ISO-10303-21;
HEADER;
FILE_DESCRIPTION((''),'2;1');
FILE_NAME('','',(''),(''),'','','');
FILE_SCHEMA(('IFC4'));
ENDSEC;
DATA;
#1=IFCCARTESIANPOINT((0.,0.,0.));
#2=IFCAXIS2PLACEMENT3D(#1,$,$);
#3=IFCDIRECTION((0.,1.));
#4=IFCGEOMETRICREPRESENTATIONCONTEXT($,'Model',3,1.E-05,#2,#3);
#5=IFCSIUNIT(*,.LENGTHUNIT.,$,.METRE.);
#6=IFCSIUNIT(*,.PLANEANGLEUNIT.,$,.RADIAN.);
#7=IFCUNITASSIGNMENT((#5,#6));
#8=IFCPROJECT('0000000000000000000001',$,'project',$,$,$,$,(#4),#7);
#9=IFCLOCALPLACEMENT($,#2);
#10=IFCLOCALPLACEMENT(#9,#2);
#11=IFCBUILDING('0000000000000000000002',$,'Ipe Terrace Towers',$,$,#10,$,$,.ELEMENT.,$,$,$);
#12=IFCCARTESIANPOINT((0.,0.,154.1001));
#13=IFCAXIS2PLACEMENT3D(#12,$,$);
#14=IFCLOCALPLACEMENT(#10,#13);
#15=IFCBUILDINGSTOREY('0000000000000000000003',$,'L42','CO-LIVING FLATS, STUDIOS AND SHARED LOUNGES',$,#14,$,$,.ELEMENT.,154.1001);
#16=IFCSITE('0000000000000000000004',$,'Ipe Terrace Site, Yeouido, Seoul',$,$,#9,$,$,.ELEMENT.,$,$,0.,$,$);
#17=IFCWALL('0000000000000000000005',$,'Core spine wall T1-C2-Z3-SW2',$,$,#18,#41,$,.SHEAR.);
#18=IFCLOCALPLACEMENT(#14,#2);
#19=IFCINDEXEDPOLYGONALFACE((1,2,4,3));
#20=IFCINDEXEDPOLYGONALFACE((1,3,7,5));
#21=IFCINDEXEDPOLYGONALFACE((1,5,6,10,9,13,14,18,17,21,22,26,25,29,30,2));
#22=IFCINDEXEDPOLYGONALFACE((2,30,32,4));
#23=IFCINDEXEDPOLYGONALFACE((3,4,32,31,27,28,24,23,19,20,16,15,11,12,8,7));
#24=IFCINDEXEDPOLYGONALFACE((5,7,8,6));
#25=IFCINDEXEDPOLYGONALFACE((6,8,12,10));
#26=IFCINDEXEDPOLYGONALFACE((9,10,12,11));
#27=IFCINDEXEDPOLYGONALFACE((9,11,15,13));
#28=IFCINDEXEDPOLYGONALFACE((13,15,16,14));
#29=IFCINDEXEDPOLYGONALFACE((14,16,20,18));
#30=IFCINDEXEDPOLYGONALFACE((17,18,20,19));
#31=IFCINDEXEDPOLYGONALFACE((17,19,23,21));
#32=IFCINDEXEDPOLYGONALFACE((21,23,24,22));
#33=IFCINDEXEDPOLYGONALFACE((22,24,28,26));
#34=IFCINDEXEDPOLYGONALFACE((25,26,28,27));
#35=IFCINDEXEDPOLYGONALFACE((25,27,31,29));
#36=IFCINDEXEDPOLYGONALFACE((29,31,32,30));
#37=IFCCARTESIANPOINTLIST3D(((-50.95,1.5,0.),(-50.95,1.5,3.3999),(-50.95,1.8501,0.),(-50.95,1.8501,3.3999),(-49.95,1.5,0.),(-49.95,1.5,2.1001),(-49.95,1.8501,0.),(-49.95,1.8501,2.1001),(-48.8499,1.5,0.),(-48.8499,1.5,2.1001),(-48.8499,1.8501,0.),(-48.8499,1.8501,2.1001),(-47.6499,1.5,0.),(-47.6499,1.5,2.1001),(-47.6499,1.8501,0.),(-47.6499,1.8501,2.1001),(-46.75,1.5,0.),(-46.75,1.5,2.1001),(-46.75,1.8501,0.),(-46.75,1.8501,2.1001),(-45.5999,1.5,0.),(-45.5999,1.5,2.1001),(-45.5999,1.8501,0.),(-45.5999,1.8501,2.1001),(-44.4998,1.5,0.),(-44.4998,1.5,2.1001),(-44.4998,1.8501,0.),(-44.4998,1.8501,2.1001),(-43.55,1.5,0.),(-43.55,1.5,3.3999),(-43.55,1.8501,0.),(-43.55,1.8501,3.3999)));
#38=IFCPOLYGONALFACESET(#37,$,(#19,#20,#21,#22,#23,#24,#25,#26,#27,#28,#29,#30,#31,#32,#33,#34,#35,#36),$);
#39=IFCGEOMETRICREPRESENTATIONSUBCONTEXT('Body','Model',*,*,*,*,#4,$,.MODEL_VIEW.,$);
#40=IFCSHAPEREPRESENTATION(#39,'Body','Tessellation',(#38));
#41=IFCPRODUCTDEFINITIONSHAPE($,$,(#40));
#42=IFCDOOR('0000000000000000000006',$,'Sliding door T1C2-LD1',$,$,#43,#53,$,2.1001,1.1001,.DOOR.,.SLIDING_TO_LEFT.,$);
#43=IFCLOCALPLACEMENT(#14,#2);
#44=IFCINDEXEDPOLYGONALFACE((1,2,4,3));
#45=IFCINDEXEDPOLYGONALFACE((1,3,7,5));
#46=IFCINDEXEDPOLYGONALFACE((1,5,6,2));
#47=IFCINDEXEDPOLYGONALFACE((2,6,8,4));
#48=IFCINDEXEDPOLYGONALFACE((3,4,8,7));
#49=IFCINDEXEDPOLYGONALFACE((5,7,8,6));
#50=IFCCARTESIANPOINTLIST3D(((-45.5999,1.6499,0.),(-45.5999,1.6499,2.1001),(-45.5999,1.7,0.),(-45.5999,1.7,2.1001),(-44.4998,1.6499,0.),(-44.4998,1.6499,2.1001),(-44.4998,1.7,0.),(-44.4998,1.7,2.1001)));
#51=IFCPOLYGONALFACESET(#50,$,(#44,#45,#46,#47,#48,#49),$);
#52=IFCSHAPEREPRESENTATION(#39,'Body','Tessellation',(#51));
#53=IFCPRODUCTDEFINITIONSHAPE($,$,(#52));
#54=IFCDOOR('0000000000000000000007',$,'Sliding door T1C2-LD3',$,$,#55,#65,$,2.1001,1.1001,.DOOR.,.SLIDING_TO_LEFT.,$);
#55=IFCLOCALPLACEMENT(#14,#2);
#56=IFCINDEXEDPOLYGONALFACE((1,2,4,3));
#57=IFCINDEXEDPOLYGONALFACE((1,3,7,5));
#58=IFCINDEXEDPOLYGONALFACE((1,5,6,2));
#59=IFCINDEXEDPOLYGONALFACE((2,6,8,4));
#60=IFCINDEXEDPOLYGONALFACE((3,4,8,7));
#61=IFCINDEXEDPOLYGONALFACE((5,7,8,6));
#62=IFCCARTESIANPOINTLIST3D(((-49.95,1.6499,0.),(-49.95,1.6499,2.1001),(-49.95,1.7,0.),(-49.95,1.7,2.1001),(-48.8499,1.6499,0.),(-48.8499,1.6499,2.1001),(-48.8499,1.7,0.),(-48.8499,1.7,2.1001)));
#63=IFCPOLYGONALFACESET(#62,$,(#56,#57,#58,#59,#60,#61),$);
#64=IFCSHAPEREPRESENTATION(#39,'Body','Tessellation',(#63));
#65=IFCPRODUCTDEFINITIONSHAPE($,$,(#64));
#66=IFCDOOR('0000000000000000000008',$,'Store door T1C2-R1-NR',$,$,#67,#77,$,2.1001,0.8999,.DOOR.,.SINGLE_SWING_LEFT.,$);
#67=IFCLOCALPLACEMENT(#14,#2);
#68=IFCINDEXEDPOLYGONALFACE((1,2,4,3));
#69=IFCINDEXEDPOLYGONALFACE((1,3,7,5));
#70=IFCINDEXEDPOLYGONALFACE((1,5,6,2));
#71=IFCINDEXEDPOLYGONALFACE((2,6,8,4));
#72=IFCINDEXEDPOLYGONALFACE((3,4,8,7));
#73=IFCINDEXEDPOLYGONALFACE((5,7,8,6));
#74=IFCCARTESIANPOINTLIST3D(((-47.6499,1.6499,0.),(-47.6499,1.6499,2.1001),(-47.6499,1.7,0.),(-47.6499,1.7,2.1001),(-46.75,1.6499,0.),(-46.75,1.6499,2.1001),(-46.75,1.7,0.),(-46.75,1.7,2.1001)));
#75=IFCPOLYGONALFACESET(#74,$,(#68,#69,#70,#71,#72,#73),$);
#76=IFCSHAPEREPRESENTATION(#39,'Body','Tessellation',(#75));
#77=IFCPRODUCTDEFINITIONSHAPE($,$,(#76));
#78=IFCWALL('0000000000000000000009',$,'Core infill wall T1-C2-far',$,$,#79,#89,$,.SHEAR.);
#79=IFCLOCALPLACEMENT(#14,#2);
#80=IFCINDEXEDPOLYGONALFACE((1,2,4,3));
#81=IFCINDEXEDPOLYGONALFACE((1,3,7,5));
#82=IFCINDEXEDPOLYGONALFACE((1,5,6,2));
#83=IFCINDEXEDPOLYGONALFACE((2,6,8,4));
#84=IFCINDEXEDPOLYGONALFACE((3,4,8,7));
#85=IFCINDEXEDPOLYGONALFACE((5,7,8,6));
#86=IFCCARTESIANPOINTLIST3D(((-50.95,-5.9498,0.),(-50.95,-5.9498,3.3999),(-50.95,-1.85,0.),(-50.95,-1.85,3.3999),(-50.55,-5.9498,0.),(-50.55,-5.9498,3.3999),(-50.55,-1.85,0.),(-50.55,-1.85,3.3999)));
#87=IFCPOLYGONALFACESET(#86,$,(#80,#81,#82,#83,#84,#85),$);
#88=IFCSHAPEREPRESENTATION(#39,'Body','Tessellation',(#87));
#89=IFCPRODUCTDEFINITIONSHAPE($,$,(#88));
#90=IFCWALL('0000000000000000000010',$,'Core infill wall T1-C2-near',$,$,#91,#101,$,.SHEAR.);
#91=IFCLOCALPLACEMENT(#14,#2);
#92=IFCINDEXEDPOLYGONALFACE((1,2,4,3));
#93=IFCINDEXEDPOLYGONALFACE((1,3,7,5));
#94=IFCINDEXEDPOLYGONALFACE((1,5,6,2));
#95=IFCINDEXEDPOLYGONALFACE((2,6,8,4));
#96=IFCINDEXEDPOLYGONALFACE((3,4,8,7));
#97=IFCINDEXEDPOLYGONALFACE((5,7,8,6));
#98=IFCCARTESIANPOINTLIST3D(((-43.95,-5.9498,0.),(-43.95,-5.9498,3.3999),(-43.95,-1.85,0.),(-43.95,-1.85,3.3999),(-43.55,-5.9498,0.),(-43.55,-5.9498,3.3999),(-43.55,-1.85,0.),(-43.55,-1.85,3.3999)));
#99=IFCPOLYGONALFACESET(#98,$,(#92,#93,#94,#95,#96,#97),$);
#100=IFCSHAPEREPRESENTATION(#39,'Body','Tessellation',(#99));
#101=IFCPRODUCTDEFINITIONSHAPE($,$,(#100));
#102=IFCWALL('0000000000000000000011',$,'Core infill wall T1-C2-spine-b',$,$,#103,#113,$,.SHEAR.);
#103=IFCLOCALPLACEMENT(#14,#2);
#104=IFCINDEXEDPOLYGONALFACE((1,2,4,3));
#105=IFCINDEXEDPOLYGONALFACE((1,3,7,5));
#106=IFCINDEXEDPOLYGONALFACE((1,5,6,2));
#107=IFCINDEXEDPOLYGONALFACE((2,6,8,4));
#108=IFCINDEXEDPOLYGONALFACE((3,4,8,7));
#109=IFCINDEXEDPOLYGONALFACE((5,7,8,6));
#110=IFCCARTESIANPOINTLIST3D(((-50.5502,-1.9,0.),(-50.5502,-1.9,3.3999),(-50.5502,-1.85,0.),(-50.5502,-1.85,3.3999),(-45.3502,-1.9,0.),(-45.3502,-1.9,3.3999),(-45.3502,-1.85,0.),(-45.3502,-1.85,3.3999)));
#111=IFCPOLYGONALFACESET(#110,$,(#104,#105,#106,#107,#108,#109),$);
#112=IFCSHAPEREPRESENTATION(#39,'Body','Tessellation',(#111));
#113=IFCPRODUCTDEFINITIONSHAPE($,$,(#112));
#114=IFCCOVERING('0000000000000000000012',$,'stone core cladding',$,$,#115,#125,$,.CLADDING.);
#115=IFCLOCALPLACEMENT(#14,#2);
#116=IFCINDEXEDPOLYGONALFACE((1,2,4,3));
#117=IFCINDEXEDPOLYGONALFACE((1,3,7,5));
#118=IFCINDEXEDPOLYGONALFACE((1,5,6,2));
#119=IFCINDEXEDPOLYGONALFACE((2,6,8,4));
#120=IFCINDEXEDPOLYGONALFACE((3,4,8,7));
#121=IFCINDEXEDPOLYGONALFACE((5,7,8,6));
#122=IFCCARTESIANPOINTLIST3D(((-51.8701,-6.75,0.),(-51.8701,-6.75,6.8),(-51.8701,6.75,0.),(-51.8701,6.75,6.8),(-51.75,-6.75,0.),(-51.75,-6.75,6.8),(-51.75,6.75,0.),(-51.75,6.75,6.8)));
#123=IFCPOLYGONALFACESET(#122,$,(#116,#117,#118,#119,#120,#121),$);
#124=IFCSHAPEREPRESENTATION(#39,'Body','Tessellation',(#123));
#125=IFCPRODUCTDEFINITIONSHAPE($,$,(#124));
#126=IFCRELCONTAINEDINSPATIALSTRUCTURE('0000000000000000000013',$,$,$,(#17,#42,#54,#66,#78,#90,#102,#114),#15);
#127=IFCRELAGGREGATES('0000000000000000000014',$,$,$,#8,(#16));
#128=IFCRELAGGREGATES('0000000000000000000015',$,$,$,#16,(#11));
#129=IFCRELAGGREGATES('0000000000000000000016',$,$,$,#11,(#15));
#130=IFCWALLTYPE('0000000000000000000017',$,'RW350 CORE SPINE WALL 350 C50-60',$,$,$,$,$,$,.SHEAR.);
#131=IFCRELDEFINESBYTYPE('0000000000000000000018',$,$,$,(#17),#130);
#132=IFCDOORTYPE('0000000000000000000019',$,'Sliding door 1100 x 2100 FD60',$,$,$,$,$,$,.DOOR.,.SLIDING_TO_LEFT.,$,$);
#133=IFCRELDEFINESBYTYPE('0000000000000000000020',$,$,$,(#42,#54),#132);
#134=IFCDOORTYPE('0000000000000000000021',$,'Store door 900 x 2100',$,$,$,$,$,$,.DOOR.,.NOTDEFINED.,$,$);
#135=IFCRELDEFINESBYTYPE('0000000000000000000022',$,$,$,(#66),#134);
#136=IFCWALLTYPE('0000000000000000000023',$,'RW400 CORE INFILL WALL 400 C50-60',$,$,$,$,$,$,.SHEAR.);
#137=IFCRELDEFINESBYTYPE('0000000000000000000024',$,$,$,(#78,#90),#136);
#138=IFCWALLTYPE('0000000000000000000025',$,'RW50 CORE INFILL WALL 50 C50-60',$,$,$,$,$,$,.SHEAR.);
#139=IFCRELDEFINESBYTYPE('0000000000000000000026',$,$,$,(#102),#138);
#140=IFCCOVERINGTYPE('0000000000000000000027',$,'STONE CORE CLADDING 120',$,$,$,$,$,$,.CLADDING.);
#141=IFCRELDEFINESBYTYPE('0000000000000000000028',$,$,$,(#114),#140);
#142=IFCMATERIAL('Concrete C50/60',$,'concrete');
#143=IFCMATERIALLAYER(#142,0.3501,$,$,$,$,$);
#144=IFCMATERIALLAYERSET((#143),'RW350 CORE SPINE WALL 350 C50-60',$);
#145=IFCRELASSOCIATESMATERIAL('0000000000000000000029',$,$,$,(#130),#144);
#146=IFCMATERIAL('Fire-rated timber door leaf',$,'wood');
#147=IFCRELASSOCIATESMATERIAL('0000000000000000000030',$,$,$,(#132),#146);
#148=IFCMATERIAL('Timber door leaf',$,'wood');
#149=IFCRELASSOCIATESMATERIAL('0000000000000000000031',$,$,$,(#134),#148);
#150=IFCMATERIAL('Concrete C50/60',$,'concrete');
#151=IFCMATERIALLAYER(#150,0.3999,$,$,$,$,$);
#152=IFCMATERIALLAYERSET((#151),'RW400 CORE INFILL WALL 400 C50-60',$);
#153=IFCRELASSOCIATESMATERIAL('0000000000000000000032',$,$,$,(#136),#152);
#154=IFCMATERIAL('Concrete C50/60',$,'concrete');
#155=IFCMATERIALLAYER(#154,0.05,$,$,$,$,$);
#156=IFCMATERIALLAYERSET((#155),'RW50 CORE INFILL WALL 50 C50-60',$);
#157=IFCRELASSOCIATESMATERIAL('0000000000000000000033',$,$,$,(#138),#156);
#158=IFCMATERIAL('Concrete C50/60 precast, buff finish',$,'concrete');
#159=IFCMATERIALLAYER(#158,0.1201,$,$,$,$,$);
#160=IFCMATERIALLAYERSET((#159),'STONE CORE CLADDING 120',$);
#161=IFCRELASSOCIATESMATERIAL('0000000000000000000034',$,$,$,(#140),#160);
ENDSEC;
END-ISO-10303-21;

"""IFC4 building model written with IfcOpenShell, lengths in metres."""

from ifc_helpers import new_model, si_unit, direction, frame, frame_2d, origin, origin_2d, place, context, subcontext, project, spatial, rectangle, extrude, material, layer, layer_set, type_object, element, fill, save


model = new_model("IFC4")

# Units and contexts
model_context = context("Model", 3, precision=1e-05, world=origin(), true_north=direction((0.0, 1.0)))
body_context = subcontext(model_context, "Body", "Model", "MODEL_VIEW")
ifc_project = project(units=[si_unit("LENGTHUNIT", "METRE"), si_unit("PLANEANGLEUNIT", "RADIAN")], contexts=[model_context])

# Site, building, storey
site_placement = place(None, origin())
site = spatial("IfcSite", under=ifc_project, at=site_placement, Name="Ipe Terrace Site, Yeouido, Seoul", CompositionType="ELEMENT", RefElevation=0.0)
building_placement = place(site_placement, origin())
building = spatial("IfcBuilding", under=site, at=building_placement, Name="Ipe Terrace Towers", CompositionType="ELEMENT")
storey_placement = place(building_placement, frame((0.0, 0.0, 154.1001)))
storey = spatial("IfcBuildingStorey", under=building, at=storey_placement, Name="L42", Description="CO-LIVING FLATS, STUDIOS AND SHARED LOUNGES", CompositionType="ELEMENT", Elevation=154.1001)

# Shared definitions
ifc_material_1 = material(Name="Concrete C50/60", Category="concrete")
ifc_layer_1 = layer(ifc_material_1, 0.3501)
ifc_layer_set_1 = layer_set([ifc_layer_1], Name="RW350 CORE SPINE WALL 350 C50-60")
wall_type_1 = type_object("IfcWallType", Name="RW350 CORE SPINE WALL 350 C50-60", PredefinedType="SHEAR", material=ifc_layer_set_1)

# Wall, openings, doors
wall_1_placement = place(storey_placement, frame((-50.95, 1.675, 0.0), z_axis=(0.0, 0.0, 1.0), x_axis=(1.0, 0.0, 0.0)))
wall_1 = element("IfcWall", 1, at=wall_1_placement, inside=storey, type_object=wall_type_1, Name="Core spine wall T1-C2-Z3-SW2", PredefinedType="SHEAR", context=body_context, shape_type="SweptSolid", body=[
    extrude(rectangle(XDim=7.3999, YDim=0.3501, at=frame_2d((3.7, 0.0))), origin(), (0.0, 0.0, 1.0), 3.3999),
])
opening_1_placement = place(wall_1_placement, frame((5.3501, 0.0, 0.0)))
opening_1 = element("IfcOpeningElement", 2, at=opening_1_placement, cuts=wall_1, PredefinedType="OPENING", context=body_context, shape_type="SweptSolid", body=[
    extrude(rectangle(XDim=1.1001, YDim=2.1001, at=frame_2d((0.55, 1.05))), frame((0.0, 0.1851, 0.0), z_axis=(0.0, -1.0, 0.0), x_axis=(1.0, 0.0, 0.0)), (0.0, 0.0, 1.0), 0.3701),
])
opening_2_placement = place(wall_1_placement, frame((1.0, 0.0, 0.0)))
opening_2 = element("IfcOpeningElement", 3, at=opening_2_placement, cuts=wall_1, PredefinedType="OPENING", context=body_context, shape_type="SweptSolid", body=[
    extrude(rectangle(XDim=1.1001, YDim=2.1001, at=frame_2d((0.55, 1.05))), frame((0.0, 0.1851, 0.0), z_axis=(0.0, -1.0, 0.0), x_axis=(1.0, 0.0, 0.0)), (0.0, 0.0, 1.0), 0.3701),
])
opening_3_placement = place(wall_1_placement, frame((3.3, 0.0, 0.0)))
opening_3 = element("IfcOpeningElement", 4, at=opening_3_placement, cuts=wall_1, PredefinedType="OPENING", context=body_context, shape_type="SweptSolid", body=[
    extrude(rectangle(XDim=0.8999, YDim=2.1001, at=frame_2d((0.45, 1.05))), frame((0.0, 0.1851, 0.0), z_axis=(0.0, -1.0, 0.0), x_axis=(1.0, 0.0, 0.0)), (0.0, 0.0, 1.0), 0.3701),
])
ifc_material_2 = material(Name="Fire-rated timber door leaf", Category="wood")
door_type_1 = type_object("IfcDoorType", Name="Sliding door 1100 x 2100 FD60", OperationType="SLIDING_TO_LEFT", PredefinedType="DOOR", material=ifc_material_2)
door_1_placement = place(opening_1_placement, origin())
door_1 = element("IfcDoor", 5, at=door_1_placement, inside=storey, type_object=door_type_1, Name="Sliding door T1C2-LD1", OperationType="SLIDING_TO_LEFT", OverallHeight=2.1001, OverallWidth=1.1001, PredefinedType="DOOR", context=body_context, shape_type="SweptSolid", body=[
    extrude(rectangle(XDim=1.1001, YDim=2.1001, at=frame_2d((0.55, 1.05))), frame((0.0, 0.0249, 0.0), z_axis=(0.0, -1.0, 0.0), x_axis=(1.0, 0.0, 0.0)), (0.0, 0.0, 1.0), 0.05),
])
fill(opening_1, door_1)
door_2_placement = place(opening_2_placement, origin())
door_2 = element("IfcDoor", 6, at=door_2_placement, inside=storey, type_object=door_type_1, Name="Sliding door T1C2-LD3", OperationType="SLIDING_TO_LEFT", OverallHeight=2.1001, OverallWidth=1.1001, PredefinedType="DOOR", context=body_context, shape_type="SweptSolid", body=[
    extrude(rectangle(XDim=1.1001, YDim=2.1001, at=frame_2d((0.55, 1.05))), frame((0.0, 0.0249, 0.0), z_axis=(0.0, -1.0, 0.0), x_axis=(1.0, 0.0, 0.0)), (0.0, 0.0, 1.0), 0.05),
])
fill(opening_2, door_2)
ifc_material_3 = material(Name="Timber door leaf", Category="wood")
door_type_2 = type_object("IfcDoorType", Name="Store door 900 x 2100", OperationType="NOTDEFINED", PredefinedType="DOOR", material=ifc_material_3)
door_3_placement = place(opening_3_placement, origin())
door_3 = element("IfcDoor", 7, at=door_3_placement, inside=storey, type_object=door_type_2, Name="Store door T1C2-R1-NR", OperationType="SINGLE_SWING_LEFT", OverallHeight=2.1001, OverallWidth=0.8999, PredefinedType="DOOR", context=body_context, shape_type="SweptSolid", body=[
    extrude(rectangle(XDim=0.8999, YDim=2.1001, at=frame_2d((0.45, 1.05))), frame((0.0, 0.0249, 0.0), z_axis=(0.0, -1.0, 0.0), x_axis=(1.0, 0.0, 0.0)), (0.0, 0.0, 1.0), 0.05),
])
fill(opening_3, door_3)

# Walls
ifc_material_4 = material(Name="Concrete C50/60", Category="concrete")
ifc_layer_2 = layer(ifc_material_4, 0.3999)
ifc_layer_set_2 = layer_set([ifc_layer_2], Name="RW400 CORE INFILL WALL 400 C50-60")
wall_type_2 = type_object("IfcWallType", Name="RW400 CORE INFILL WALL 400 C50-60", PredefinedType="SHEAR", material=ifc_layer_set_2)
for number, where, z_axis, x_axis, name in (
    (8, (-50.75, -1.8501, 0.0), (0.0, 0.0, 1.0), (0.0, -1.0, 0.0), "Core infill wall T1-C2-far"),
    (9, (-43.75, -1.8501, 0.0), (0.0, 0.0, 1.0), (0.0, -1.0, 0.0), "Core infill wall T1-C2-near"),
):
    element("IfcWall", number, at=place(storey_placement, frame(where, z_axis=z_axis, x_axis=x_axis)), inside=storey, type_object=wall_type_2, Name=name, PredefinedType="SHEAR", context=body_context, shape_type="SweptSolid", body=[
        extrude(rectangle(XDim=4.0999, YDim=0.3999, at=frame_2d((2.0498, 0.0))), origin(), (0.0, 0.0, 1.0), 3.3999),
    ])
ifc_material_5 = material(Name="Concrete C50/60", Category="concrete")
ifc_layer_3 = layer(ifc_material_5, 0.05)
ifc_layer_set_3 = layer_set([ifc_layer_3], Name="RW50 CORE INFILL WALL 50 C50-60")
wall_type_3 = type_object("IfcWallType", Name="RW50 CORE INFILL WALL 50 C50-60", PredefinedType="SHEAR", material=ifc_layer_set_3)
wall_2_placement = place(storey_placement, frame((-45.3501, -1.875, 0.0), z_axis=(0.0, 0.0, 1.0), x_axis=(-1.0, 0.0, 0.0)))
element("IfcWall", 10, at=wall_2_placement, inside=storey, type_object=wall_type_3, Name="Core infill wall T1-C2-spine-b", PredefinedType="SHEAR", context=body_context, shape_type="SweptSolid", body=[
    extrude(rectangle(XDim=5.2, YDim=0.05, at=frame_2d((2.6001, 0.0))), origin(), (0.0, 0.0, 1.0), 3.3999),
])

# Covering
ifc_material_6 = material(Name="Concrete C50/60 precast, buff finish", Category="concrete")
ifc_layer_4 = layer(ifc_material_6, 0.1201)
ifc_layer_set_4 = layer_set([ifc_layer_4], Name="STONE CORE CLADDING 120")
covering_type = type_object("IfcCoveringType", Name="STONE CORE CLADDING 120", PredefinedType="CLADDING", material=ifc_layer_set_4)
covering_placement = place(storey_placement, frame((-51.8101, 0.0, 0.0), z_axis=(0.0, 0.0, 1.0), x_axis=(0.0, -1.0, 0.0)))
element("IfcCovering", 11, at=covering_placement, inside=storey, type_object=covering_type, Name="stone core cladding", PredefinedType="CLADDING", context=body_context, shape_type="SweptSolid", body=[
    extrude(rectangle(XDim=13.5, YDim=0.1201, at=origin_2d()), origin(), (0.0, 0.0, 1.0), 6.8),
])

save(model, "model.ifc")
